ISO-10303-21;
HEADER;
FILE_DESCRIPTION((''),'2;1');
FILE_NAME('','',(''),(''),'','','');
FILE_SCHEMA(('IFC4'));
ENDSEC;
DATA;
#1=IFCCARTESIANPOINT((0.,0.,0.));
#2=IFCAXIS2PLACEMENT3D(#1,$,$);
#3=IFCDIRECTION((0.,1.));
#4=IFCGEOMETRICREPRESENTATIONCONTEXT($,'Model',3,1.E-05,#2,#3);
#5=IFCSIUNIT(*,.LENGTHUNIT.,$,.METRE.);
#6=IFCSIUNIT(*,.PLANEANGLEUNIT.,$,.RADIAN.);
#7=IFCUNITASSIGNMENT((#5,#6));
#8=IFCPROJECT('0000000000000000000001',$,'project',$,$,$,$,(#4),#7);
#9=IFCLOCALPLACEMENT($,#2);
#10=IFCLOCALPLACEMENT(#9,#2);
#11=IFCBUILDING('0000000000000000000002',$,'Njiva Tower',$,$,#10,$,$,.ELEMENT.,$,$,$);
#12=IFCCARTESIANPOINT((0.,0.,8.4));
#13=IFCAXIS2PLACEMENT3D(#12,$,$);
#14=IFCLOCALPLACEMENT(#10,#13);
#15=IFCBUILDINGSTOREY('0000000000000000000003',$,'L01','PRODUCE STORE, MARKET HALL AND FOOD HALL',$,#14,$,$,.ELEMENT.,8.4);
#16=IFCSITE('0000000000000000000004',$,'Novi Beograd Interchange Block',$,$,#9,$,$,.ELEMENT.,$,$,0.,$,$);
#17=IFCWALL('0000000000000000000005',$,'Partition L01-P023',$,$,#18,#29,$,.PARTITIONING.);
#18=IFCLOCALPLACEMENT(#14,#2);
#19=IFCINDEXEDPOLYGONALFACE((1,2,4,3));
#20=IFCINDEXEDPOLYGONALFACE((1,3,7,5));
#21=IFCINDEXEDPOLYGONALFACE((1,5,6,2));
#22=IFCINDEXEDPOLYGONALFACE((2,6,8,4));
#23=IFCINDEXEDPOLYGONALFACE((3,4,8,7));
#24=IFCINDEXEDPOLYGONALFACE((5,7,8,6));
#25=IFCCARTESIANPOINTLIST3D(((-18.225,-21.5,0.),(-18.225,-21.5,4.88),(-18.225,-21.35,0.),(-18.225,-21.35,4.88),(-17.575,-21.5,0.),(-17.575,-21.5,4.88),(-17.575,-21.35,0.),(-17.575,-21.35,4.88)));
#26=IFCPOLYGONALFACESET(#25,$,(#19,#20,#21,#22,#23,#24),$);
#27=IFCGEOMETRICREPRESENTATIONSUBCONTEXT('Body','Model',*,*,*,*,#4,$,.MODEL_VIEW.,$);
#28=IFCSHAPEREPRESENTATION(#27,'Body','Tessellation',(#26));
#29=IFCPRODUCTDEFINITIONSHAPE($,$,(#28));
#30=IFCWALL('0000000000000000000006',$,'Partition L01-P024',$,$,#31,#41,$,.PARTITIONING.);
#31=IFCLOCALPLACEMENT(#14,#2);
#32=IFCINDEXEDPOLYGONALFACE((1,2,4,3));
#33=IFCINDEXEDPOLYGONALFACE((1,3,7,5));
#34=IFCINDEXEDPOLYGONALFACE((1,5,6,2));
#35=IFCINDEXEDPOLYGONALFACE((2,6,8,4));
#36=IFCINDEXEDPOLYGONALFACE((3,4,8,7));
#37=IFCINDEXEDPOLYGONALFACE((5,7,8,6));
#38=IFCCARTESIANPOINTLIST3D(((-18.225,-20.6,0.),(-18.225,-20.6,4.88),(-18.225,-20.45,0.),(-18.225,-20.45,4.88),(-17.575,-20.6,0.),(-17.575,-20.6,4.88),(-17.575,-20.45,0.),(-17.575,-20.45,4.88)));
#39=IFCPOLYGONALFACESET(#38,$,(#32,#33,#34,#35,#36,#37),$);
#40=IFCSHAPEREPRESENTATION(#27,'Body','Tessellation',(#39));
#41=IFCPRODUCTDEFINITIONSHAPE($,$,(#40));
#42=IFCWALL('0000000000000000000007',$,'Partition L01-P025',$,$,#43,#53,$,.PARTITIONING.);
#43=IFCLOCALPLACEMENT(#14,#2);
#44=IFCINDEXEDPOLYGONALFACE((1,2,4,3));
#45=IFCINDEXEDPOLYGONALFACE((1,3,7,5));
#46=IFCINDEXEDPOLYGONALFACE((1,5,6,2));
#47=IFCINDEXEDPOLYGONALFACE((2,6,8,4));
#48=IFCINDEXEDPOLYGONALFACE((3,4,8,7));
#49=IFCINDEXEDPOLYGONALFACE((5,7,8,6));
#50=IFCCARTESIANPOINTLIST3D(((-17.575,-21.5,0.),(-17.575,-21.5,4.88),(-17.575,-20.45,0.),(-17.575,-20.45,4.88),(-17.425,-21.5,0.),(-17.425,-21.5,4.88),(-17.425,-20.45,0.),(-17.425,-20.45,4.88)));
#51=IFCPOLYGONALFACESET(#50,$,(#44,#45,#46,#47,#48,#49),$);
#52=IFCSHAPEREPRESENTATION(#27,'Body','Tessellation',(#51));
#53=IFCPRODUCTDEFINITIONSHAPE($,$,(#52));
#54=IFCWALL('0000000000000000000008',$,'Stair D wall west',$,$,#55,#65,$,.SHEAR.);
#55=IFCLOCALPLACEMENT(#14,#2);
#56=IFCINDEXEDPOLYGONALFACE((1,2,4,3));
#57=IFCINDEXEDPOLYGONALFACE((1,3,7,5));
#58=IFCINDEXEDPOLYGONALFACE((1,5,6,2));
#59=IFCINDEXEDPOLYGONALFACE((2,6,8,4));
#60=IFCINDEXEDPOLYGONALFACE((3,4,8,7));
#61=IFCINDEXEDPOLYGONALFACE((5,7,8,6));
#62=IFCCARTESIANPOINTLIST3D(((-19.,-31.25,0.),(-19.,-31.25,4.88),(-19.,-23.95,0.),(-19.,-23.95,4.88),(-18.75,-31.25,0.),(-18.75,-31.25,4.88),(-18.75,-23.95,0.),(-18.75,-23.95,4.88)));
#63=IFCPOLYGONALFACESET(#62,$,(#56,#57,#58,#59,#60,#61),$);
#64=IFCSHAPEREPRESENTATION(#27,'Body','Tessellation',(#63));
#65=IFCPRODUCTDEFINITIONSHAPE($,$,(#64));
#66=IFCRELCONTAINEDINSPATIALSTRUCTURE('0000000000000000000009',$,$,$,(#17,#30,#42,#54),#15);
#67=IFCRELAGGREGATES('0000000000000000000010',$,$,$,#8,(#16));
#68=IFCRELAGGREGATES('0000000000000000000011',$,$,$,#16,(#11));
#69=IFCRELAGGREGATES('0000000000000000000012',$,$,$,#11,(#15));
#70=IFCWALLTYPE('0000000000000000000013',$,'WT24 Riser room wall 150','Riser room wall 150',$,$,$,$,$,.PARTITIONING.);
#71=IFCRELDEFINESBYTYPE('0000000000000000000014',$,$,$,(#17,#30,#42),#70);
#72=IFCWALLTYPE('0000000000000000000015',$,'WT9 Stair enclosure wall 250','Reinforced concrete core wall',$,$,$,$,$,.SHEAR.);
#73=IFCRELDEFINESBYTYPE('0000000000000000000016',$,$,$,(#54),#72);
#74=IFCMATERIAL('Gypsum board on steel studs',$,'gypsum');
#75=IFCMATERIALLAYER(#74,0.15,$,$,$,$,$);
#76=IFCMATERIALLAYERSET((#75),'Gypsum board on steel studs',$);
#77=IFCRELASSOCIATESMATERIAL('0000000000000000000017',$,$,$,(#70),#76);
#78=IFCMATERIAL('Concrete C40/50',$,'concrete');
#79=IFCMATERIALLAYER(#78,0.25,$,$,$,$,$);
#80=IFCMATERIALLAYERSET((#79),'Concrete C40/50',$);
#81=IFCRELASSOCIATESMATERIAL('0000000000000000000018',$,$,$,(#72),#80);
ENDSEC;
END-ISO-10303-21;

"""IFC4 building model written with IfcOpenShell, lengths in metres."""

from ifc_helpers import new_model, si_unit, direction, frame, frame_2d, origin, place, context, subcontext, project, spatial, rectangle, extrude, material, layer, layer_set, type_object, element, save


model = new_model("IFC4")

# Units and contexts
model_context = context("Model", 3, precision=1e-05, world=origin(), true_north=direction((0.0, 1.0)))
body_context = subcontext(model_context, "Body", "Model", "MODEL_VIEW")
ifc_project = project(units=[si_unit("LENGTHUNIT", "METRE"), si_unit("PLANEANGLEUNIT", "RADIAN")], contexts=[model_context])

# Site, building, storey
site_placement = place(None, origin())
site = spatial("IfcSite", under=ifc_project, at=site_placement, Name="Novi Beograd Interchange Block", CompositionType="ELEMENT", RefElevation=0.0)
building_placement = place(site_placement, origin())
building = spatial("IfcBuilding", under=site, at=building_placement, Name="Njiva Tower", CompositionType="ELEMENT")
storey_placement = place(building_placement, frame((0.0, 0.0, 8.4)))
storey = spatial("IfcBuildingStorey", under=building, at=storey_placement, Name="L01", Description="PRODUCE STORE, MARKET HALL AND FOOD HALL", CompositionType="ELEMENT", Elevation=8.4)

# Shared definitions
ifc_material_1 = material(Name="Gypsum board on steel studs", Category="gypsum")

# Walls
ifc_layer_1 = layer(ifc_material_1, 0.15)
ifc_layer_set_1 = layer_set([ifc_layer_1], Name="Gypsum board on steel studs")
wall_type_1 = type_object("IfcWallType", Name="WT24 Riser room wall 150", Description="Riser room wall 150", PredefinedType="PARTITIONING", material=ifc_layer_set_1)
for number, where, z_axis, x_axis, name in (
    (1, (-18.225, -21.425, 0.0), (0.0, 0.0, 1.0), (1.0, 0.0, 0.0), "Partition L01-P023"),
    (2, (-18.225, -20.525, 0.0), (0.0, 0.0, 1.0), (1.0, 0.0, 0.0), "Partition L01-P024"),
):
    element("IfcWall", number, at=place(storey_placement, frame(where, z_axis=z_axis, x_axis=x_axis)), inside=storey, type_object=wall_type_1, Name=name, PredefinedType="PARTITIONING", context=body_context, shape_type="SweptSolid", body=[
        extrude(rectangle(XDim=0.65, YDim=0.15, at=frame_2d((0.325, 0.0))), origin(), (0.0, 0.0, 1.0), 4.88),
    ])
wall_1_placement = place(storey_placement, frame((-17.5, -21.5, 0.0), z_axis=(0.0, 0.0, 1.0), x_axis=(0.0, 1.0, 0.0)))
element("IfcWall", 3, at=wall_1_placement, inside=storey, type_object=wall_type_1, Name="Partition L01-P025", PredefinedType="PARTITIONING", context=body_context, shape_type="SweptSolid", body=[
    extrude(rectangle(XDim=1.05, YDim=0.15, at=frame_2d((0.525, 0.0))), origin(), (0.0, 0.0, 1.0), 4.88),
])
ifc_material_2 = material(Name="Concrete C40/50", Category="concrete")
ifc_layer_2 = layer(ifc_material_2, 0.25)
ifc_layer_set_2 = layer_set([ifc_layer_2], Name="Concrete C40/50")
wall_type_2 = type_object("IfcWallType", Name="WT9 Stair enclosure wall 250", Description="Reinforced concrete core wall", PredefinedType="SHEAR", material=ifc_layer_set_2)
wall_2_placement = place(storey_placement, frame((-18.875, -31.25, 0.0), z_axis=(0.0, 0.0, 1.0), x_axis=(0.0, 1.0, 0.0)))
element("IfcWall", 4, at=wall_2_placement, inside=storey, type_object=wall_type_2, Name="Stair D wall west", PredefinedType="SHEAR", context=body_context, shape_type="SweptSolid", body=[
    extrude(rectangle(XDim=7.3, YDim=0.25, at=frame_2d((3.65, 0.0))), origin(), (0.0, 0.0, 1.0), 4.88),
])

save(model, "model.ifc")
